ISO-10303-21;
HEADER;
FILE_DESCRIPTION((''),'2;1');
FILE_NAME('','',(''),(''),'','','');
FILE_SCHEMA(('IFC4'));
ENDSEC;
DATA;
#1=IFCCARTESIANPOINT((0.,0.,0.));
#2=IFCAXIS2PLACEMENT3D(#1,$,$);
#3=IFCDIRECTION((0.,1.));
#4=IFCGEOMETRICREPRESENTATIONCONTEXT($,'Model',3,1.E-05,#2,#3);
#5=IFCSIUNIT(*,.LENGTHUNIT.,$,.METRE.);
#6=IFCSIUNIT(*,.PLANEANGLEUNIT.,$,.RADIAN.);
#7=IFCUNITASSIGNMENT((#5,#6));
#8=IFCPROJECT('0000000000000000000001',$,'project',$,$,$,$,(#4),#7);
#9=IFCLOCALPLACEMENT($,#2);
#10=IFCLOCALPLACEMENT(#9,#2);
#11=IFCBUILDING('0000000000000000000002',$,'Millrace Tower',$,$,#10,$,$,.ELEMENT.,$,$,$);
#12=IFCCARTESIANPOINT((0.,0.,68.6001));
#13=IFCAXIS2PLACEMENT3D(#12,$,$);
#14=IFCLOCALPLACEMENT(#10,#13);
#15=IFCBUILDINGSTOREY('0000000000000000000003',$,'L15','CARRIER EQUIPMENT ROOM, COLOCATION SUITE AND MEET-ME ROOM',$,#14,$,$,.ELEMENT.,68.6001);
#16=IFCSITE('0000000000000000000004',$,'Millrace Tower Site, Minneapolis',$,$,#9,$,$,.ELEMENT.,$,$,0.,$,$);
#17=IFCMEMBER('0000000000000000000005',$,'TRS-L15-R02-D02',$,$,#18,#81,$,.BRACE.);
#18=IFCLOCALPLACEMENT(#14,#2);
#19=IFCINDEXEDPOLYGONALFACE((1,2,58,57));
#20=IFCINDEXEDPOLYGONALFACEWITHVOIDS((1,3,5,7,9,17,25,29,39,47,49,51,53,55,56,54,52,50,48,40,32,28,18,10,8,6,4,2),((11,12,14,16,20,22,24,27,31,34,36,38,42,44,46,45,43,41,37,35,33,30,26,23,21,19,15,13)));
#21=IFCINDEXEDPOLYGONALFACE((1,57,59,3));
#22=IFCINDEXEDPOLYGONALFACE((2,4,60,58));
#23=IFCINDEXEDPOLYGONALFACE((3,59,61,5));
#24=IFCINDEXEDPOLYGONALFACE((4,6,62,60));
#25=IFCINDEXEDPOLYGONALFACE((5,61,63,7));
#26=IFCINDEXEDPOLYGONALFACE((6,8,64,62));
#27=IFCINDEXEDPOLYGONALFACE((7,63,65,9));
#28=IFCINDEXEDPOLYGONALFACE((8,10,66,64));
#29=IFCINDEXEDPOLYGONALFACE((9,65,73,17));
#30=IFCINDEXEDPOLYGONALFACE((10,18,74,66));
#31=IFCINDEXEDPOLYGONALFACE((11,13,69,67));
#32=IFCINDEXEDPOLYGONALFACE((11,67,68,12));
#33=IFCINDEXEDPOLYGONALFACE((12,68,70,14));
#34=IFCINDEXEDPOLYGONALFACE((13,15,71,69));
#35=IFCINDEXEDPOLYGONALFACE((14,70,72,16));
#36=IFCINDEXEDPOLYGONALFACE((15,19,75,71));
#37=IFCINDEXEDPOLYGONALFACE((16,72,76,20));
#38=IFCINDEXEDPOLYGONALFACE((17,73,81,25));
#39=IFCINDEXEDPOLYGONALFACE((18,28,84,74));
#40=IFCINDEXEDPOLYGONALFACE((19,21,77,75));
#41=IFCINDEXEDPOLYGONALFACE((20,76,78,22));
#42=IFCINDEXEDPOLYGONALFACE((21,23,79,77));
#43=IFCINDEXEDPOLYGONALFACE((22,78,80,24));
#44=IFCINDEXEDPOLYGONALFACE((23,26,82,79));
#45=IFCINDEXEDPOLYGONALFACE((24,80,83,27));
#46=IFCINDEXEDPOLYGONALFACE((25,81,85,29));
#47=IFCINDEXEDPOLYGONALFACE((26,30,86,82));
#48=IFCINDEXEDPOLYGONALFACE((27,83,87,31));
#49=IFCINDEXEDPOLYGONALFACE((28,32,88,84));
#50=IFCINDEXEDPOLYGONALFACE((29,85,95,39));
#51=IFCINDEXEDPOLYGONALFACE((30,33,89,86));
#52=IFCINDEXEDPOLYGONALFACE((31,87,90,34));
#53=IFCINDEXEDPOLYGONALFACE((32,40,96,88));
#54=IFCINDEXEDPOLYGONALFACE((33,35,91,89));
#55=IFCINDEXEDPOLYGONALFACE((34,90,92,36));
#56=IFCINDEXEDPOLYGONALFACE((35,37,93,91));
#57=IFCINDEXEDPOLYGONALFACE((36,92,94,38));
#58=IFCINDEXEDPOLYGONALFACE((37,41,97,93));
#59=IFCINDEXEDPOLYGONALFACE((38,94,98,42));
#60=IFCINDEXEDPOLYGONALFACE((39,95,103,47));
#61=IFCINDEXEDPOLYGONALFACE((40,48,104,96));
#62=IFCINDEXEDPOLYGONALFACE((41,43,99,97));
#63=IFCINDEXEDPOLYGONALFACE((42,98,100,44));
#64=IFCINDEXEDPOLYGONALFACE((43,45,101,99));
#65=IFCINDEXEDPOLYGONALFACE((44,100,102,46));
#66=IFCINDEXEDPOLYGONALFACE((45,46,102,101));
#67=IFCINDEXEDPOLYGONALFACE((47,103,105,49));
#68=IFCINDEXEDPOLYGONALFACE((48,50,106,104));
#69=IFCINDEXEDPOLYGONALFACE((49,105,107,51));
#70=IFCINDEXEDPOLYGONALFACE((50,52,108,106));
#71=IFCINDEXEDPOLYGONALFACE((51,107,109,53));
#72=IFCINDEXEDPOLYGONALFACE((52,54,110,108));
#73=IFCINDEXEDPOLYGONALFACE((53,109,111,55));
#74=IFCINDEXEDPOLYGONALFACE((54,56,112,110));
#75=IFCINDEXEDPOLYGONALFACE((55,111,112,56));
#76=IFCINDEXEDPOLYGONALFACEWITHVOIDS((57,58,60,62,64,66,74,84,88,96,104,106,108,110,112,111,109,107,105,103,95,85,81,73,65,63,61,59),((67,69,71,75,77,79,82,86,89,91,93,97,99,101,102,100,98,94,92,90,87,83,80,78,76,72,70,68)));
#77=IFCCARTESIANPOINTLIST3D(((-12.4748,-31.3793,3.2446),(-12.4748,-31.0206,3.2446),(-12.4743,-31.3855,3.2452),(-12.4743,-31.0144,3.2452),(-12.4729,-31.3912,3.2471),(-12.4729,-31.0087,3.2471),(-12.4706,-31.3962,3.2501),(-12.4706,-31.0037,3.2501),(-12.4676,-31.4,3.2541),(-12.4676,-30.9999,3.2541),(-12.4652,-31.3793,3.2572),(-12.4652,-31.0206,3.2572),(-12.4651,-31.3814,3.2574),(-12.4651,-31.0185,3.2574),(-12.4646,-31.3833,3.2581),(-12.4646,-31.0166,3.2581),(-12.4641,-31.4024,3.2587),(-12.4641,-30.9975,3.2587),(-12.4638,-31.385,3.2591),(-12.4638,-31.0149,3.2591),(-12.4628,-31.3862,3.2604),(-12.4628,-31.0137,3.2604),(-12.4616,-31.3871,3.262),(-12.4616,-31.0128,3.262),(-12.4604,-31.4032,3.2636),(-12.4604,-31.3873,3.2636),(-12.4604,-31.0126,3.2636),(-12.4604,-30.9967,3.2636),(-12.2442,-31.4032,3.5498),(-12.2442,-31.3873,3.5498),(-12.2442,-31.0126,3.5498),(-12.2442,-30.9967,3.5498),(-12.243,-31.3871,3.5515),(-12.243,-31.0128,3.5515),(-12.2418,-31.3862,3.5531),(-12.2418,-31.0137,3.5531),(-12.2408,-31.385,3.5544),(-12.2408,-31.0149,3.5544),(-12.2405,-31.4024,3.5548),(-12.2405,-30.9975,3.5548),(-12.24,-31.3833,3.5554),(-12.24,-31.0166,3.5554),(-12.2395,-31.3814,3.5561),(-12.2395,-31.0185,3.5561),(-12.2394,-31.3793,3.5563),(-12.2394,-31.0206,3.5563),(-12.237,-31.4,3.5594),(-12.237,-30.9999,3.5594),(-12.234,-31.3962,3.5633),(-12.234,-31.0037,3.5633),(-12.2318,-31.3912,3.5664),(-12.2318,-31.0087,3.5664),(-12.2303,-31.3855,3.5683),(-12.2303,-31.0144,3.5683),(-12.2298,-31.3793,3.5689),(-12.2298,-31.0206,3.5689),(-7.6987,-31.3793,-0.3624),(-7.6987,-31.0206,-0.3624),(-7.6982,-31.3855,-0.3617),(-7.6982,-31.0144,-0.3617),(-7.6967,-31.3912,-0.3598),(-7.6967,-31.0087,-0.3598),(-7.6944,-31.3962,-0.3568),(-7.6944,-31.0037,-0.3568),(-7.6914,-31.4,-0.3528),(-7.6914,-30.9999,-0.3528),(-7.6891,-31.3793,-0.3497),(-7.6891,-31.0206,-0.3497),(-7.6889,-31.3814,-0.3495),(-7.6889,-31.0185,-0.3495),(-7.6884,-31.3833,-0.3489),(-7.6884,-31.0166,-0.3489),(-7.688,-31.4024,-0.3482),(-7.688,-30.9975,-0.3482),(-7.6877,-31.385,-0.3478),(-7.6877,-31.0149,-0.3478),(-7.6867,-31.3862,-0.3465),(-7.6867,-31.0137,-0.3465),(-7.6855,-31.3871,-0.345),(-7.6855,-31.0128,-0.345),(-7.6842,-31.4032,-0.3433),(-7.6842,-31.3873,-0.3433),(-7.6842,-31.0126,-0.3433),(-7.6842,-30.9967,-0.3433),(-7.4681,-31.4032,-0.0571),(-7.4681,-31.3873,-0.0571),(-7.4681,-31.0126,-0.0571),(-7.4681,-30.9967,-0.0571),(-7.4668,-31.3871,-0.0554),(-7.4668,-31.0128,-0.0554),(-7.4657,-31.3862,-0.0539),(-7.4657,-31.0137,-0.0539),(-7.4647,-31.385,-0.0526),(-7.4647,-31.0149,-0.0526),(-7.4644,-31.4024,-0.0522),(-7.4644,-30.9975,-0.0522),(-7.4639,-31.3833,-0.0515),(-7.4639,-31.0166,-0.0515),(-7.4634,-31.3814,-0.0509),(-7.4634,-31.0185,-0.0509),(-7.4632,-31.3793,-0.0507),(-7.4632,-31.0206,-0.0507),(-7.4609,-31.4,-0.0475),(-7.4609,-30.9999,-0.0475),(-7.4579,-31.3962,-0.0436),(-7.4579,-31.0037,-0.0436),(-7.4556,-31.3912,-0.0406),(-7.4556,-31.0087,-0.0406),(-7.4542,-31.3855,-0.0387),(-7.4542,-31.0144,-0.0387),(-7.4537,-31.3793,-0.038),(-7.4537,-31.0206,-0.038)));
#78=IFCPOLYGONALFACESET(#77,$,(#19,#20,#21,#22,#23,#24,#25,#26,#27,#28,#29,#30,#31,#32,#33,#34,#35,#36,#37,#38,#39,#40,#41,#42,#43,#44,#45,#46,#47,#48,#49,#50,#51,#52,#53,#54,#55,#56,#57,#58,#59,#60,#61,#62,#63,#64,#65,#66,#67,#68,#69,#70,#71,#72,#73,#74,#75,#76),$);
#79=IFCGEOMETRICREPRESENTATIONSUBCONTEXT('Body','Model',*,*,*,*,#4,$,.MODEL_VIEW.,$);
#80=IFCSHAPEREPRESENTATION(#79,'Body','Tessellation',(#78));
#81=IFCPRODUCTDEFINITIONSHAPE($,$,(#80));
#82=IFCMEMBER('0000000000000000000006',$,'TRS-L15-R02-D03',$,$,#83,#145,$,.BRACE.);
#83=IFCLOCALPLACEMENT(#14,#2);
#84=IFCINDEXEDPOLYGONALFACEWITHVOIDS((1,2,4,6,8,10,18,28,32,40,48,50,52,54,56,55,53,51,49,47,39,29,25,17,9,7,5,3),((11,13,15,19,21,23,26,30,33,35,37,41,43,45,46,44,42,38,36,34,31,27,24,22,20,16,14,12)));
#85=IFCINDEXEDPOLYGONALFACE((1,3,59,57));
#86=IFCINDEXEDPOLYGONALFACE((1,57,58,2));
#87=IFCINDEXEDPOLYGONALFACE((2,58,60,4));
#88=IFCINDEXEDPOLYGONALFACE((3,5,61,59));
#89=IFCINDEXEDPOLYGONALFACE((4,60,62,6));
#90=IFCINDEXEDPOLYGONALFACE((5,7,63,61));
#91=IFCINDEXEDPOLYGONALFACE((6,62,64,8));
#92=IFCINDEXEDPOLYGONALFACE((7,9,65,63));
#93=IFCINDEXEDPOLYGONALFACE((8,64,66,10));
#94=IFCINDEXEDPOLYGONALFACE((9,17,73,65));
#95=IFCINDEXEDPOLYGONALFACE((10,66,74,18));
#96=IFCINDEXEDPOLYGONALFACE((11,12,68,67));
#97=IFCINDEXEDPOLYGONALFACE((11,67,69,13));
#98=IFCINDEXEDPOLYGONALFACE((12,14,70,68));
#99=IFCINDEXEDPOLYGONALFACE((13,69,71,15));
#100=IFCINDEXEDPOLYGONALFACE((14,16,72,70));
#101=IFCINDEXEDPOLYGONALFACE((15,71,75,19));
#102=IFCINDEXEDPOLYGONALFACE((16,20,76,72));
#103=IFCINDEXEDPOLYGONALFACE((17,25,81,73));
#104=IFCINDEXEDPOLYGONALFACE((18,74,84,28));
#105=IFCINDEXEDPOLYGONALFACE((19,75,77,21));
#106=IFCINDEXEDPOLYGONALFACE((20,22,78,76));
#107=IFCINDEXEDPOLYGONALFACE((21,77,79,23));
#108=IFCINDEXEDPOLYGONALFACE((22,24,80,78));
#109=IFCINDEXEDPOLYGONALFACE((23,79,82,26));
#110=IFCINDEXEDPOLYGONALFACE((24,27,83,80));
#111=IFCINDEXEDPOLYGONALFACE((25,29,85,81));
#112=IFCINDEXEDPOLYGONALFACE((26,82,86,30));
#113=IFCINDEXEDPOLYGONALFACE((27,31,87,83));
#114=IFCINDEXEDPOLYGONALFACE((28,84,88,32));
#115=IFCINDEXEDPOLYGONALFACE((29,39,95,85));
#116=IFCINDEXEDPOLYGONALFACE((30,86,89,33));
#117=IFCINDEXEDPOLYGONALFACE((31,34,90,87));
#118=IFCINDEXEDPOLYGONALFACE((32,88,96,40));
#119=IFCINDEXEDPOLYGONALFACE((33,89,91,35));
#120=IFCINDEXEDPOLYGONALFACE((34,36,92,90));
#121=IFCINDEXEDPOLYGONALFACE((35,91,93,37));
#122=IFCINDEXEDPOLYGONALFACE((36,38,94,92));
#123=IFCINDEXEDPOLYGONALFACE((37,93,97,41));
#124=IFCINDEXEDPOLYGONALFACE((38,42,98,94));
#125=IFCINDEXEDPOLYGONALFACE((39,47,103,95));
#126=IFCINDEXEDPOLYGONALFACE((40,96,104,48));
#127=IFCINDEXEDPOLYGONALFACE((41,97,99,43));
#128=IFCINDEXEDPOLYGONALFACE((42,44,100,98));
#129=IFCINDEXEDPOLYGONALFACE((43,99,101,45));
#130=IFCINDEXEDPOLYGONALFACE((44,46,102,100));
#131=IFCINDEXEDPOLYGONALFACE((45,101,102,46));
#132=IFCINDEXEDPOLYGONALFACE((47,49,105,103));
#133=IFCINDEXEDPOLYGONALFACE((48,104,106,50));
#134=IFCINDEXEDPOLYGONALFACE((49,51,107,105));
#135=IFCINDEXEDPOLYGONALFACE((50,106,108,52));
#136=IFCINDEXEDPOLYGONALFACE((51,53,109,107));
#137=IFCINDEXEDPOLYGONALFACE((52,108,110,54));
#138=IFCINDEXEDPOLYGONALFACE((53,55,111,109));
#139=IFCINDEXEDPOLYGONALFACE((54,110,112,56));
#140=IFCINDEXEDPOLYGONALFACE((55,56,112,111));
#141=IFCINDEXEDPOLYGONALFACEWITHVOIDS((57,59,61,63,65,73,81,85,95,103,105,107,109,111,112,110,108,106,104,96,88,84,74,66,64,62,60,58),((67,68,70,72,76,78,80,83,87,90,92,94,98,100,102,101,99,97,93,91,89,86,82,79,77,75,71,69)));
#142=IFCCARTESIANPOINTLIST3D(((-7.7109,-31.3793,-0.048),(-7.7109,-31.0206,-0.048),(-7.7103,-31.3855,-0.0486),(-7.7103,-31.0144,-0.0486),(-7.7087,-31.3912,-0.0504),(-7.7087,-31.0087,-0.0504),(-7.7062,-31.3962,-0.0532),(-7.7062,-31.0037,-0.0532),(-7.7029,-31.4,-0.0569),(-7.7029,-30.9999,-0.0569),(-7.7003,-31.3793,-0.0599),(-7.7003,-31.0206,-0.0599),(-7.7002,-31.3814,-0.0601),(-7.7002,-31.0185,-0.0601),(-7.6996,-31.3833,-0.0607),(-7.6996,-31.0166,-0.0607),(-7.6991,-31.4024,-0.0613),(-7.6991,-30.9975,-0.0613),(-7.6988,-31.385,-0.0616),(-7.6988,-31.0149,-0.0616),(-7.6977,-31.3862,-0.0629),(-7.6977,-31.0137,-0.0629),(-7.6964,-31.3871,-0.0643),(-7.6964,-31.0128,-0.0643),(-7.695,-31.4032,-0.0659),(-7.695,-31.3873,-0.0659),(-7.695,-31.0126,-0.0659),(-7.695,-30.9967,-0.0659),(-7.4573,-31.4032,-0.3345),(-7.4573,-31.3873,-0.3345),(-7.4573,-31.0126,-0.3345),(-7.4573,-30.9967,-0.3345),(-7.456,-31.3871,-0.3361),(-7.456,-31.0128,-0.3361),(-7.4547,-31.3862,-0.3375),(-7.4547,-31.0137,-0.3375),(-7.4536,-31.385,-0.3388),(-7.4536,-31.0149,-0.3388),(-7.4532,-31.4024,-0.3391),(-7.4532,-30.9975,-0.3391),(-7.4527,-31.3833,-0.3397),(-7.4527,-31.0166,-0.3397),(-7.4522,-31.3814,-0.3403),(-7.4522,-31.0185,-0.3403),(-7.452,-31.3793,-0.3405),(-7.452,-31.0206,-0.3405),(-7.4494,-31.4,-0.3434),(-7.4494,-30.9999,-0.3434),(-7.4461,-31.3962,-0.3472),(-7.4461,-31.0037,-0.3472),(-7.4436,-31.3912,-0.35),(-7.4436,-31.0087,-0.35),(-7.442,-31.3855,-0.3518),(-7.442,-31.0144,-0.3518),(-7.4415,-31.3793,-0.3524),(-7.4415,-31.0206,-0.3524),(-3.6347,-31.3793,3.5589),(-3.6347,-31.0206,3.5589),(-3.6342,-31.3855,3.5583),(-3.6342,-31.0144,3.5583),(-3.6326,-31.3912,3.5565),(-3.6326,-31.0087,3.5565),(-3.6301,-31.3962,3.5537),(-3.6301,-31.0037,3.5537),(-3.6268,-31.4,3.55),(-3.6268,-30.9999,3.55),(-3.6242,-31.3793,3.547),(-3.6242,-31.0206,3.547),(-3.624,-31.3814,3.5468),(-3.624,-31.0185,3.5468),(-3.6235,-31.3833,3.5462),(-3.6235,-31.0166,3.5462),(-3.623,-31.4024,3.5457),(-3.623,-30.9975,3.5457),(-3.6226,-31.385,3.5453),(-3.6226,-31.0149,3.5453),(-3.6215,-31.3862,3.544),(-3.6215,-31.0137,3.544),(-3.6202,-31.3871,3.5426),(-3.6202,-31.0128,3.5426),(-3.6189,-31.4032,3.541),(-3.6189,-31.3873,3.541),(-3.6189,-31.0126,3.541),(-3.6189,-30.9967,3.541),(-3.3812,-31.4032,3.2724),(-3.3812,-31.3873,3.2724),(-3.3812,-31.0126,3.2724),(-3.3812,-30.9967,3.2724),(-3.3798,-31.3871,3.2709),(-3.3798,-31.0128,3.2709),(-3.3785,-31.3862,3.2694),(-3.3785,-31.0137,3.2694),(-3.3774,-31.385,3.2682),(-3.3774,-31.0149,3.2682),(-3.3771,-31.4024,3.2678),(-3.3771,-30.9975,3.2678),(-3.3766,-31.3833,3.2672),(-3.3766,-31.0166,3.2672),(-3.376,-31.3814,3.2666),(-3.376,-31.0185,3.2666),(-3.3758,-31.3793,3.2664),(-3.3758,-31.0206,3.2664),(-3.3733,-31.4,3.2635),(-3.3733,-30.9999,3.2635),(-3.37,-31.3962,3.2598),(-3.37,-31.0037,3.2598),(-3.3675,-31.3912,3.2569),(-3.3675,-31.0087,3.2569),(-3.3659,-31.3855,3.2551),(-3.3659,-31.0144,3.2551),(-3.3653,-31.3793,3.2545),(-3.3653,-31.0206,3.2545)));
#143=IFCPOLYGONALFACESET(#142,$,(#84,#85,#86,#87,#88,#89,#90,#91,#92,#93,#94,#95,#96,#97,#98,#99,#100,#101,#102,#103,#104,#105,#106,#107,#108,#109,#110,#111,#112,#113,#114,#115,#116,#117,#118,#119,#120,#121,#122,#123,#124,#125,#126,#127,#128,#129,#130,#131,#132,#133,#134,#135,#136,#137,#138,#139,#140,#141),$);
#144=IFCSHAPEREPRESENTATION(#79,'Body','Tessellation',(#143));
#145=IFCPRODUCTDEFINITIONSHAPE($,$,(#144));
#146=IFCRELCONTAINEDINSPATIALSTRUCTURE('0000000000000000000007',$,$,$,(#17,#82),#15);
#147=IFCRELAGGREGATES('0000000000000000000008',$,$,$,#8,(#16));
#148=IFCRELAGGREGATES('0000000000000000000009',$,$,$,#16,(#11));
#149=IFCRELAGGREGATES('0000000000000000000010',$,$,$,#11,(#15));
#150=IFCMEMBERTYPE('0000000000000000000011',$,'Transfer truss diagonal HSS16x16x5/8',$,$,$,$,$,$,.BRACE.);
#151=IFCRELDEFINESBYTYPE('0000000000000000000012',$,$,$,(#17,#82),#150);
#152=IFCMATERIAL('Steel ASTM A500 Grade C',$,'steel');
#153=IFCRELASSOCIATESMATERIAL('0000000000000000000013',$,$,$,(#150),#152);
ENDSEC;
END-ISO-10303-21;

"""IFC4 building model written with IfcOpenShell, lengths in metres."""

from ifc_helpers import new_model, si_unit, direction, frame, origin, origin_2d, place, context, subcontext, project, spatial, hollow_rectangle, extrude, material, material_profile, profile_set, type_object, element, save


model = new_model("IFC4")

# Units and contexts
model_context = context("Model", 3, precision=1e-05, world=origin(), true_north=direction((0.0, 1.0)))
body_context = subcontext(model_context, "Body", "Model", "MODEL_VIEW")
ifc_project = project(units=[si_unit("LENGTHUNIT", "METRE"), si_unit("PLANEANGLEUNIT", "RADIAN")], contexts=[model_context])

# Site, building, storey
site_placement = place(None, origin())
site = spatial("IfcSite", under=ifc_project, at=site_placement, Name="Millrace Tower Site, Minneapolis", CompositionType="ELEMENT", RefElevation=0.0)
building_placement = place(site_placement, origin())
building = spatial("IfcBuilding", under=site, at=building_placement, Name="Millrace Tower", CompositionType="ELEMENT")
storey_placement = place(building_placement, frame((0.0, 0.0, 68.6001)))
storey = spatial("IfcBuildingStorey", under=building, at=storey_placement, Name="L15", Description="CARRIER EQUIPMENT ROOM, COLOCATION SUITE AND MEET-ME ROOM", CompositionType="ELEMENT", Elevation=68.6001)

# Members
ifc_material_1 = material(Name="Steel ASTM A500 Grade C", Category="steel")
ifc_material_profile_1 = material_profile(ifc_material_1, hollow_rectangle(XDim=0.4065, YDim=0.4065, WallThickness=0.0159, InnerFilletRadius=0.0081, OuterFilletRadius=0.0239, at=origin_2d()))
ifc_profile_set_1 = profile_set([ifc_material_profile_1], Name="Steel ASTM A500 Grade C")
member_type_1 = type_object("IfcMemberType", Name="Transfer truss diagonal HSS16x16x5/8", PredefinedType="BRACE", material=ifc_profile_set_1)
member_1_placement = place(storey_placement, frame((-7.5762, -31.2, -0.2002), z_axis=(-0.798003, 0.0, 0.602653), x_axis=(0.0, -1.0, 0.0)))
element("IfcMember", 1, at=member_1_placement, inside=storey, type_object=member_type_1, Name="TRS-L15-R02-D02", PredefinedType="BRACE", context=body_context, shape_type="SweptSolid", body=[
    extrude(hollow_rectangle(XDim=0.4065, YDim=0.4065, WallThickness=0.0159, InnerFilletRadius=0.0081, OuterFilletRadius=0.0239, at=origin_2d()), origin(), (0.0, 0.0, 1.0), 5.9851),
])
member_2_placement = place(storey_placement, frame((-7.5762, -31.2, -0.2002), z_axis=(0.748897, 0.0, 0.662686), x_axis=(0.0, 1.0, 0.0)))
element("IfcMember", 2, at=member_2_placement, inside=storey, type_object=member_type_1, Name="TRS-L15-R02-D03", PredefinedType="BRACE", context=body_context, shape_type="SweptSolid", body=[
    extrude(hollow_rectangle(XDim=0.4065, YDim=0.4065, WallThickness=0.0159, InnerFilletRadius=0.0081, OuterFilletRadius=0.0239, at=origin_2d()), origin(), (0.0, 0.0, 1.0), 5.4429),
])

save(model, "model.ifc")
